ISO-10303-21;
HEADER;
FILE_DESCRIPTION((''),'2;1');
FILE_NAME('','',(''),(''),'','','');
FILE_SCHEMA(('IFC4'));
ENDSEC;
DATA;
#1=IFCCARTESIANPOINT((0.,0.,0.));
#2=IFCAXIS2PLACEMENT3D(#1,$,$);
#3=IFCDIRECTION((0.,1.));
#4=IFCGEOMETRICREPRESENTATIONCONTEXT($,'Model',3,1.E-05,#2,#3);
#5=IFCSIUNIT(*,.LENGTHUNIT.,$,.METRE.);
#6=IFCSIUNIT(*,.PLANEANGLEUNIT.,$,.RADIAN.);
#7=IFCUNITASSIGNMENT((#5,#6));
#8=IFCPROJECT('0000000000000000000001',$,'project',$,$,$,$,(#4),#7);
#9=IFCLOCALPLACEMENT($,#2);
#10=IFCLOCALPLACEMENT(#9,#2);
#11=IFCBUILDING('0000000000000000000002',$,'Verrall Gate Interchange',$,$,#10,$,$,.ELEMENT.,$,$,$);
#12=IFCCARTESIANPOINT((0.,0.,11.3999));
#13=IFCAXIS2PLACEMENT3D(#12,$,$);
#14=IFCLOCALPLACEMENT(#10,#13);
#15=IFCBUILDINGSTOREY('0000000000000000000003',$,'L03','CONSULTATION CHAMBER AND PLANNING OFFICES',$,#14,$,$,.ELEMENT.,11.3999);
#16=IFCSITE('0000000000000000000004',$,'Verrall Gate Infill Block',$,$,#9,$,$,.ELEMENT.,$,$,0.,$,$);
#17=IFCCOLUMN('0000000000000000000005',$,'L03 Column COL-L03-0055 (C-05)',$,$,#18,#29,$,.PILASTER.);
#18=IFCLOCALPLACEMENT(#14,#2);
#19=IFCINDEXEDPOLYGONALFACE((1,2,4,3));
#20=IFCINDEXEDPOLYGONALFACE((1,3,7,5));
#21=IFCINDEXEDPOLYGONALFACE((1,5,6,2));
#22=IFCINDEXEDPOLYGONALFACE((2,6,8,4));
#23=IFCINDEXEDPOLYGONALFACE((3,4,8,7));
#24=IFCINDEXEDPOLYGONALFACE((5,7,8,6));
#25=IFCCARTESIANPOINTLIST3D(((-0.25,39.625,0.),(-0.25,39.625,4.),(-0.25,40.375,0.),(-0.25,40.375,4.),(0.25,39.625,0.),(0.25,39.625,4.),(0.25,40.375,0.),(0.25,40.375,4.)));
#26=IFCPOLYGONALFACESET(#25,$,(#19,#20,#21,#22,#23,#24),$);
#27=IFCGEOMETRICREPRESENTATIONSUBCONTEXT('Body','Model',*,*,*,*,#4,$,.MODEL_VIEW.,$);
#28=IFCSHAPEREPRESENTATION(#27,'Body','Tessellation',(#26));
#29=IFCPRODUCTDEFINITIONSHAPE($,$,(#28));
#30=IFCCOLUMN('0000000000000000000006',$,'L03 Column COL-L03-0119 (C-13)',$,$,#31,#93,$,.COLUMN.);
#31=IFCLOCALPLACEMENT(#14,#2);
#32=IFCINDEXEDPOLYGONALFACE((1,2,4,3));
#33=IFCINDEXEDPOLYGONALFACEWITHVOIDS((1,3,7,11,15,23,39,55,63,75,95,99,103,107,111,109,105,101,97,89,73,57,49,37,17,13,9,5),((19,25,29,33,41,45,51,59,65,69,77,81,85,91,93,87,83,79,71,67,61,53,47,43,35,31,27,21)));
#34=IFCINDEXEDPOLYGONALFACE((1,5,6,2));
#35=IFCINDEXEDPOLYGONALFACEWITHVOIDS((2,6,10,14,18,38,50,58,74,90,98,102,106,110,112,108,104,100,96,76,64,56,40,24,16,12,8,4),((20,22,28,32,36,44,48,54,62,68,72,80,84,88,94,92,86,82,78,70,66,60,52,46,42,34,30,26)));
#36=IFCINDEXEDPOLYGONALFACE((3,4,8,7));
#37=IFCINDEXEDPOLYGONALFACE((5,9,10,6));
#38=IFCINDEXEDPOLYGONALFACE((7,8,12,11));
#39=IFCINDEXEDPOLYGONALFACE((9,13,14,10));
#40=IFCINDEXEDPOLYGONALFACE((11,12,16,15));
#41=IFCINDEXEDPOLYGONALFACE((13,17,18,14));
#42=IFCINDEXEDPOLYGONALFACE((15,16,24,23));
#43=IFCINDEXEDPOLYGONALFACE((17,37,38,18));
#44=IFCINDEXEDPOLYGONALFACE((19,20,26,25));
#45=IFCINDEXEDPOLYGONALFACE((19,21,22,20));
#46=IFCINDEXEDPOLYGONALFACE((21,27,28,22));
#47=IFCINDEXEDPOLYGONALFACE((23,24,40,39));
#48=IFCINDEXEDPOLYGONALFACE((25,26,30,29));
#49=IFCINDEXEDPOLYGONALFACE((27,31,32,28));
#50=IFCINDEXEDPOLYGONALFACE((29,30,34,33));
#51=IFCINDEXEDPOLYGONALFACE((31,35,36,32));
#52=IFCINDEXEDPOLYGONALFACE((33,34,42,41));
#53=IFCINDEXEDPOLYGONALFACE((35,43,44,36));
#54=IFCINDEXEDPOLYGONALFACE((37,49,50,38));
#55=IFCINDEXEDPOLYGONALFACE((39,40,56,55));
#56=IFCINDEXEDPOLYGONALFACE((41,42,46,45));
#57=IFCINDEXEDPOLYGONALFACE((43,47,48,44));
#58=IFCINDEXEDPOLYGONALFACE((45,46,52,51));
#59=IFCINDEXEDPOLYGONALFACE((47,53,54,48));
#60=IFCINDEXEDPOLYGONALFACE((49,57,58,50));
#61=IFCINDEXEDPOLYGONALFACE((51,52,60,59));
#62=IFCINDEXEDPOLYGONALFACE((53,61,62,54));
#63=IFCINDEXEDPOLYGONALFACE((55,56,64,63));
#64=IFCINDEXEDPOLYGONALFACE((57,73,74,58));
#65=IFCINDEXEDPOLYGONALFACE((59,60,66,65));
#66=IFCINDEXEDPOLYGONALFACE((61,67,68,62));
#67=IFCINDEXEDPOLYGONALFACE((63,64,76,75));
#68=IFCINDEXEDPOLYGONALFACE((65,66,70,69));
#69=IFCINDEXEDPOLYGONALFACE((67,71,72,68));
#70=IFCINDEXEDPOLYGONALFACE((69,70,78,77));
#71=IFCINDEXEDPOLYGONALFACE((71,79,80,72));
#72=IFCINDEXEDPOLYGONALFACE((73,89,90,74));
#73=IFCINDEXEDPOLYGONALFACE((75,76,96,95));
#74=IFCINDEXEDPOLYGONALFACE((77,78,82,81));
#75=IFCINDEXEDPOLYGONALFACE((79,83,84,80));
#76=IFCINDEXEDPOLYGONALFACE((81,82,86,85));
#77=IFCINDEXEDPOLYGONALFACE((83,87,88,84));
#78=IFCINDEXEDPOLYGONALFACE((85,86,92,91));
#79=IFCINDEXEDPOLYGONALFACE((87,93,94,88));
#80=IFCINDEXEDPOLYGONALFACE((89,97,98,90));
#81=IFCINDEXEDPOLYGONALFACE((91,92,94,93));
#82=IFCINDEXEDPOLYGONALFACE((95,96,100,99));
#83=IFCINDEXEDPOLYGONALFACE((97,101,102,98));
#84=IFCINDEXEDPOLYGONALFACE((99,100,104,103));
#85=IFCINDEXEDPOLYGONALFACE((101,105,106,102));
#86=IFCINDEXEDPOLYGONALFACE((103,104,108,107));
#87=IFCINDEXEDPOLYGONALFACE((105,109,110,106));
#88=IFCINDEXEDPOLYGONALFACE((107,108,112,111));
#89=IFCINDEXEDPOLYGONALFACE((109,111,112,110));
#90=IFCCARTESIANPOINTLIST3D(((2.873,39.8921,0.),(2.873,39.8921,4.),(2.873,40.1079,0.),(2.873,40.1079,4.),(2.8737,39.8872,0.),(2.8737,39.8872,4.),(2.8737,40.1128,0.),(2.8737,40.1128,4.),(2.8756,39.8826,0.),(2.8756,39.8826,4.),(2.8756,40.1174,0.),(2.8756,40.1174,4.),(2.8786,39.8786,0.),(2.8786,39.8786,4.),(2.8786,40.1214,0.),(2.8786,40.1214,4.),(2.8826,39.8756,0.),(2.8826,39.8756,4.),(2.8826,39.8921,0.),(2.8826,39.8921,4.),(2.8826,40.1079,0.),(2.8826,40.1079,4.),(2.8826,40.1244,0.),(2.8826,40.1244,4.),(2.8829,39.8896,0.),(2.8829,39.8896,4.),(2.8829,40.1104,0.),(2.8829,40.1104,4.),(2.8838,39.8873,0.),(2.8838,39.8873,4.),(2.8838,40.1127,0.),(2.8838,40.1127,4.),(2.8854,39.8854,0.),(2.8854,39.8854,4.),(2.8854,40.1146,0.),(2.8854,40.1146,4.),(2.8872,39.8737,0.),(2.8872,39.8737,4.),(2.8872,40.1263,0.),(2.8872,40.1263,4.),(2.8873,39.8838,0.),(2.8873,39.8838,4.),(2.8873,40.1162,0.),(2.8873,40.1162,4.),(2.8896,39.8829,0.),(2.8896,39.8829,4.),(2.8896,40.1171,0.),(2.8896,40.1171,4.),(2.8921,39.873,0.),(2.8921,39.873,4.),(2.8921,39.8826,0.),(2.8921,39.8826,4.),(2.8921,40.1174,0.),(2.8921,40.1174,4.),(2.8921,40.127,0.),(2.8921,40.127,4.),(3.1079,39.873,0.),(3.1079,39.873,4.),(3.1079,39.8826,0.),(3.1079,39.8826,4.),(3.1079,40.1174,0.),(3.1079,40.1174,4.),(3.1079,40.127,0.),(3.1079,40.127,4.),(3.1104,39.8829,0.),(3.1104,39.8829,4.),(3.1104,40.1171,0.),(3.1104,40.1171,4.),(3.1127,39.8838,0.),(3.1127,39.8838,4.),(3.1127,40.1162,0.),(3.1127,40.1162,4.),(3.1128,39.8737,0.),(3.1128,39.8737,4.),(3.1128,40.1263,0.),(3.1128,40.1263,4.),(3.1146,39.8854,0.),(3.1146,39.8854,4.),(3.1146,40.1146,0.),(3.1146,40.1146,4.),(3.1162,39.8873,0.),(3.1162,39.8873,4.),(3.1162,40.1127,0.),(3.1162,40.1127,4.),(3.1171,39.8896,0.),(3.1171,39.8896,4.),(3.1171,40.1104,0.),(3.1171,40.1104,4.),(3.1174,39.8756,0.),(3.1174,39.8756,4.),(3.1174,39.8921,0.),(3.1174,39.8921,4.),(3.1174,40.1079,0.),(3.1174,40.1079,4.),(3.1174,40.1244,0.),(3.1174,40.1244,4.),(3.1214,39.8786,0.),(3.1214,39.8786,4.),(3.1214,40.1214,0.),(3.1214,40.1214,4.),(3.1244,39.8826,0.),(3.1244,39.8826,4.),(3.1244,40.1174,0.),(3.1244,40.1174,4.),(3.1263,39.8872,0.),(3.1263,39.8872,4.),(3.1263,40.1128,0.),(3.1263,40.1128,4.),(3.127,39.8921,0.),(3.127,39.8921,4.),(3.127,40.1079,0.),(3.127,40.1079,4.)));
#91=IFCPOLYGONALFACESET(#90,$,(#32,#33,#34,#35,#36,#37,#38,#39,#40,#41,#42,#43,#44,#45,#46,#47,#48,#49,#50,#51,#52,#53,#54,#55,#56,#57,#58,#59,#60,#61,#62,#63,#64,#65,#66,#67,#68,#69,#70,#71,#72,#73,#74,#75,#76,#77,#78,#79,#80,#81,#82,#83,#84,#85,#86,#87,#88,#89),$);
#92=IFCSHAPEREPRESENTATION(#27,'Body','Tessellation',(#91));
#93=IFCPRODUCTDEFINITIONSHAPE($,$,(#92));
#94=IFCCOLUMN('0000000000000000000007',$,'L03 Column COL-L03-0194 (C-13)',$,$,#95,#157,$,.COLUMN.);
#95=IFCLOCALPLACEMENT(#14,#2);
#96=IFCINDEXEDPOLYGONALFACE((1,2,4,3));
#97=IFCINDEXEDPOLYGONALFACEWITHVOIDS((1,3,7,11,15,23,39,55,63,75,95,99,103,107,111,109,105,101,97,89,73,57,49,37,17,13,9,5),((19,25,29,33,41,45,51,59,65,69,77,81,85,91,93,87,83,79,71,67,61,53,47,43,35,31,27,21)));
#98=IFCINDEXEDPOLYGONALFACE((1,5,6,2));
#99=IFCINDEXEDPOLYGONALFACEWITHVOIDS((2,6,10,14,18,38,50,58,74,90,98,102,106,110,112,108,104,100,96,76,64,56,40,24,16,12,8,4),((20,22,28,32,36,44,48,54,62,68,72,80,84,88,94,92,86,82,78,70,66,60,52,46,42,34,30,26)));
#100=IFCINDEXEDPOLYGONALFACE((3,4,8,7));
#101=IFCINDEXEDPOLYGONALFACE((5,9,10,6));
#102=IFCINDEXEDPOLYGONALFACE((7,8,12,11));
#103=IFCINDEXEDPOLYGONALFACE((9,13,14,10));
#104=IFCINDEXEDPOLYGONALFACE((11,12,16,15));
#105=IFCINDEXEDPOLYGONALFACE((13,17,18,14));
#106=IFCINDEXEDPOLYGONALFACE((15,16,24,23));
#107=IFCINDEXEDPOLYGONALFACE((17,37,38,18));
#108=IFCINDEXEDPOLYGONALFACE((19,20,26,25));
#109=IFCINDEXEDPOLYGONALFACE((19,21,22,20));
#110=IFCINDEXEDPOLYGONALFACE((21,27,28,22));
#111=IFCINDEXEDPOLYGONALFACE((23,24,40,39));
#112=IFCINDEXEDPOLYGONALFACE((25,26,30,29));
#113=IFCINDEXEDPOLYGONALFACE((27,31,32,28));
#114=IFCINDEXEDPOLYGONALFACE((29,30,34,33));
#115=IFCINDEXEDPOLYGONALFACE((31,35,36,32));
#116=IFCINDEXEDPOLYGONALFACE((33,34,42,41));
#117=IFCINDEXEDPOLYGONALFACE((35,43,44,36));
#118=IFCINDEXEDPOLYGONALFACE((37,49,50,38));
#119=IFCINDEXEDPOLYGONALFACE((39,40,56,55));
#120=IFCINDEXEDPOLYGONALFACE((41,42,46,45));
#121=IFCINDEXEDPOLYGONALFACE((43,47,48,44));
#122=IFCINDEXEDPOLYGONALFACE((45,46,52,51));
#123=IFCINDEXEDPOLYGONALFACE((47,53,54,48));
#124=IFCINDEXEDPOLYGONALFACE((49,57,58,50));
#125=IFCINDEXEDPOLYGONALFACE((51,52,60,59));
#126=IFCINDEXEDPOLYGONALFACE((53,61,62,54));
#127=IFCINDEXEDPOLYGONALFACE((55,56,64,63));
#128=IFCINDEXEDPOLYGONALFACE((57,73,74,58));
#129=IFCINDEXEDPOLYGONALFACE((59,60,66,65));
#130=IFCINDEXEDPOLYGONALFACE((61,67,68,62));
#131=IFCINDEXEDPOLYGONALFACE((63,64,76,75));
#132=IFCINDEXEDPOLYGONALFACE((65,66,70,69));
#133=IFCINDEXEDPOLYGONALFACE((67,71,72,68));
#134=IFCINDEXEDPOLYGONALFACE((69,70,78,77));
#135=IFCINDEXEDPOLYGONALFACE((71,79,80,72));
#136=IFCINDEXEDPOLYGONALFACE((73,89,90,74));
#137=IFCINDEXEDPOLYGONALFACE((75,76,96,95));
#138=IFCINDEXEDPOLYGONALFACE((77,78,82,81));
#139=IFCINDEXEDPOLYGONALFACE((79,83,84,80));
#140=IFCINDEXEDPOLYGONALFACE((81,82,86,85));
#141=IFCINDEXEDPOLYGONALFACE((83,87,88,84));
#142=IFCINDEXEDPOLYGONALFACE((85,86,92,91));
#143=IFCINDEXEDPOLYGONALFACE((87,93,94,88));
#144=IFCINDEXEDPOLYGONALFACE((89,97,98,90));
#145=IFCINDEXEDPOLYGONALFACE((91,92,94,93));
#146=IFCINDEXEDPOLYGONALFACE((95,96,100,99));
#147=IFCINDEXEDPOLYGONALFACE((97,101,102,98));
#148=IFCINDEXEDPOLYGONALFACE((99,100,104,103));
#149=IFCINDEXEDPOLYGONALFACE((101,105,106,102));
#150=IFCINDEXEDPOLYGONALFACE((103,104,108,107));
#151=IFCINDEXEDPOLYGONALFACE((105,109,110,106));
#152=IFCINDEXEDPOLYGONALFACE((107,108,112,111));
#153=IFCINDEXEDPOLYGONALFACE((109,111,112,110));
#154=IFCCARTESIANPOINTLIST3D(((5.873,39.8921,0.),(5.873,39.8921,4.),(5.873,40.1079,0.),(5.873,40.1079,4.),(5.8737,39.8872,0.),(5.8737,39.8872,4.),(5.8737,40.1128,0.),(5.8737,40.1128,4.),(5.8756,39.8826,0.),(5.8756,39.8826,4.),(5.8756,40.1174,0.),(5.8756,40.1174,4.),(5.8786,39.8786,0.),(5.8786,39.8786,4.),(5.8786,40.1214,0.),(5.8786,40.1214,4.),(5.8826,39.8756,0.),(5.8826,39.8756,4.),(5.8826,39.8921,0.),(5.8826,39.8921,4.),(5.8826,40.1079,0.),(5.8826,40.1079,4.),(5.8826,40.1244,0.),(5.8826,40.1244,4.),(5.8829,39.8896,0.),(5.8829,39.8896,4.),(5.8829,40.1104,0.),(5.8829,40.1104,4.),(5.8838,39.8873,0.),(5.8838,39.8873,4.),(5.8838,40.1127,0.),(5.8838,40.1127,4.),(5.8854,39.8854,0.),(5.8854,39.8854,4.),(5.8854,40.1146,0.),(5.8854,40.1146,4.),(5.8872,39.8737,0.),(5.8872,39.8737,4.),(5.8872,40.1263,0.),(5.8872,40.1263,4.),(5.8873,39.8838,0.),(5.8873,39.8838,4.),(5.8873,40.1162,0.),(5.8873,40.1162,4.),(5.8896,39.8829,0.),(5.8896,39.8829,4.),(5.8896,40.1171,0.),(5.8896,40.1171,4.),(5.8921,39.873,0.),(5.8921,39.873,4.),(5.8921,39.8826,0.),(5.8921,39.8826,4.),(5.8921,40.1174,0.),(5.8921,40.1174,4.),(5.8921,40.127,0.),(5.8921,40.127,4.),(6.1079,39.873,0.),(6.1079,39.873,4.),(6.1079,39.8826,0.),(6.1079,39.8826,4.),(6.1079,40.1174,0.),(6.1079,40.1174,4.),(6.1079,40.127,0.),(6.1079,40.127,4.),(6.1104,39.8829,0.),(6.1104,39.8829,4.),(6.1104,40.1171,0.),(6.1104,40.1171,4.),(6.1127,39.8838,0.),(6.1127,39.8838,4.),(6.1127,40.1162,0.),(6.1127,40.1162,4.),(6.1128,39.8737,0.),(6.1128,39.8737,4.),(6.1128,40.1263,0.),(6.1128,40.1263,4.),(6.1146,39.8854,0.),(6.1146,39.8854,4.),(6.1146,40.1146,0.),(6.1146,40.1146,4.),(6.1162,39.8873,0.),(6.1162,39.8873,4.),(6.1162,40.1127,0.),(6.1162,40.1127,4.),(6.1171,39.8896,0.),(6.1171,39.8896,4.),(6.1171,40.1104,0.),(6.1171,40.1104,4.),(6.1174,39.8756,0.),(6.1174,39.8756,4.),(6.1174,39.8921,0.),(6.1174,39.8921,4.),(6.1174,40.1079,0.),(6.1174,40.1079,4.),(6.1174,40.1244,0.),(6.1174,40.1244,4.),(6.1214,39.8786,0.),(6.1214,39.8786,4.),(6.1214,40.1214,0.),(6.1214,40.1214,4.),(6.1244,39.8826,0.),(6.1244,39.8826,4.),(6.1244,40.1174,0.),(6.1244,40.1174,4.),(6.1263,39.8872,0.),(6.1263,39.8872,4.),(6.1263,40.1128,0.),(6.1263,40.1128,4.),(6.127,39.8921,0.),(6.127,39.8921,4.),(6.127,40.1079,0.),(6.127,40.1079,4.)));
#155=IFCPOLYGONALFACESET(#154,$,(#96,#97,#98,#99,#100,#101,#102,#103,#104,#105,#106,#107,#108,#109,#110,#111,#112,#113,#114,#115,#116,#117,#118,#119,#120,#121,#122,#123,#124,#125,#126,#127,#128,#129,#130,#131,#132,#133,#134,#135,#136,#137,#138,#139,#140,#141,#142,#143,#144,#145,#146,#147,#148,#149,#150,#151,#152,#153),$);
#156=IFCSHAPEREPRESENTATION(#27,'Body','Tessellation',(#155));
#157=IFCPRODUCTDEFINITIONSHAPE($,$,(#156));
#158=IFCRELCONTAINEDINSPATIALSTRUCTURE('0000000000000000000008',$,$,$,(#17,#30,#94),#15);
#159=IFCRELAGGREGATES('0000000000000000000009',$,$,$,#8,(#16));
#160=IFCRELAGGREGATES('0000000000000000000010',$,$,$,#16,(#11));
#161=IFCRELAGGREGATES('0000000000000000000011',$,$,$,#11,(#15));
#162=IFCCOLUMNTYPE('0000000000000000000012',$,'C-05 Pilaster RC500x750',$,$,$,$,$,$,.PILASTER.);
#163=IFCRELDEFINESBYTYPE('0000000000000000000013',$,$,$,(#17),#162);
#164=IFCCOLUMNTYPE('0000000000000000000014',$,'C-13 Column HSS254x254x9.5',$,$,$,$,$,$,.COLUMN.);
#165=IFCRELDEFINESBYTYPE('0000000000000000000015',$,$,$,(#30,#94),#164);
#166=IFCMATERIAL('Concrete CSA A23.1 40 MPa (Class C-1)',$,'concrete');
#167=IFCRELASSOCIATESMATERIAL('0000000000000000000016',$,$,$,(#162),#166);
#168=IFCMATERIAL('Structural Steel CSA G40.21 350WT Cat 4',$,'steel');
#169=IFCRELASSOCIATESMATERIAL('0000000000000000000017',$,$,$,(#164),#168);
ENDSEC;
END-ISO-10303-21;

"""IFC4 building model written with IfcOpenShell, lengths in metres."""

from ifc_helpers import new_model, si_unit, direction, frame, origin, origin_2d, place, context, subcontext, project, spatial, rectangle, hollow_rectangle, extrude, material, material_profile, profile_set, type_object, element, save


model = new_model("IFC4")

# Units and contexts
model_context = context("Model", 3, precision=1e-05, world=origin(), true_north=direction((0.0, 1.0)))
body_context = subcontext(model_context, "Body", "Model", "MODEL_VIEW")
ifc_project = project(units=[si_unit("LENGTHUNIT", "METRE"), si_unit("PLANEANGLEUNIT", "RADIAN")], contexts=[model_context])

# Site, building, storey
site_placement = place(None, origin())
site = spatial("IfcSite", under=ifc_project, at=site_placement, Name="Verrall Gate Infill Block", CompositionType="ELEMENT", RefElevation=0.0)
building_placement = place(site_placement, origin())
building = spatial("IfcBuilding", under=site, at=building_placement, Name="Verrall Gate Interchange", CompositionType="ELEMENT")
storey_placement = place(building_placement, frame((0.0, 0.0, 11.3999)))
storey = spatial("IfcBuildingStorey", under=building, at=storey_placement, Name="L03", Description="CONSULTATION CHAMBER AND PLANNING OFFICES", CompositionType="ELEMENT", Elevation=11.3999)

# Columns
ifc_material_1 = material(Name="Concrete CSA A23.1 40 MPa (Class C-1)", Category="concrete")
ifc_material_profile_1 = material_profile(ifc_material_1, rectangle(XDim=0.5, YDim=0.75, at=origin_2d()), Name="RC500x750")
ifc_profile_set_1 = profile_set([ifc_material_profile_1], Name="Concrete CSA A23.1 40 MPa (Class C-1)")
column_type_1 = type_object("IfcColumnType", Name="C-05 Pilaster RC500x750", PredefinedType="PILASTER", material=ifc_profile_set_1)
column_placement = place(storey_placement, frame((0.0, 40.0, 0.0), z_axis=(0.0, 0.0, 1.0), x_axis=(1.0, 0.0, 0.0)))
element("IfcColumn", 1, at=column_placement, inside=storey, type_object=column_type_1, Name="L03 Column COL-L03-0055 (C-05)", PredefinedType="PILASTER", context=body_context, shape_type="SweptSolid", body=[
    extrude(rectangle(XDim=0.5, YDim=0.75, at=origin_2d()), origin(), (0.0, 0.0, 1.0), 4.0),
])
ifc_material_2 = material(Name="Structural Steel CSA G40.21 350WT Cat 4", Category="steel")
ifc_material_profile_2 = material_profile(ifc_material_2, hollow_rectangle(XDim=0.2539, YDim=0.2539, WallThickness=0.0095, InnerFilletRadius=0.0095, OuterFilletRadius=0.019, at=origin_2d()), Name="HSS254x254x9.5")
ifc_profile_set_2 = profile_set([ifc_material_profile_2], Name="Structural Steel CSA G40.21 350WT Cat 4")
column_type_2 = type_object("IfcColumnType", Name="C-13 Column HSS254x254x9.5", PredefinedType="COLUMN", material=ifc_profile_set_2)
for number, where, z_axis, x_axis, name in (
    (2, (3.0, 40.0, 0.0), (0.0, 0.0, 1.0), (1.0, 0.0, 0.0), "L03 Column COL-L03-0119 (C-13)"),
    (3, (6.0, 40.0, 0.0), (0.0, 0.0, 1.0), (1.0, 0.0, 0.0), "L03 Column COL-L03-0194 (C-13)"),
):
    element("IfcColumn", number, at=place(storey_placement, frame(where, z_axis=z_axis, x_axis=x_axis)), inside=storey, type_object=column_type_2, Name=name, PredefinedType="COLUMN", context=body_context, shape_type="SweptSolid", body=[
        extrude(hollow_rectangle(XDim=0.2539, YDim=0.2539, WallThickness=0.0095, InnerFilletRadius=0.0095, OuterFilletRadius=0.019, at=origin_2d()), origin(), (0.0, 0.0, 1.0), 4.0),
    ])

save(model, "model.ifc")
